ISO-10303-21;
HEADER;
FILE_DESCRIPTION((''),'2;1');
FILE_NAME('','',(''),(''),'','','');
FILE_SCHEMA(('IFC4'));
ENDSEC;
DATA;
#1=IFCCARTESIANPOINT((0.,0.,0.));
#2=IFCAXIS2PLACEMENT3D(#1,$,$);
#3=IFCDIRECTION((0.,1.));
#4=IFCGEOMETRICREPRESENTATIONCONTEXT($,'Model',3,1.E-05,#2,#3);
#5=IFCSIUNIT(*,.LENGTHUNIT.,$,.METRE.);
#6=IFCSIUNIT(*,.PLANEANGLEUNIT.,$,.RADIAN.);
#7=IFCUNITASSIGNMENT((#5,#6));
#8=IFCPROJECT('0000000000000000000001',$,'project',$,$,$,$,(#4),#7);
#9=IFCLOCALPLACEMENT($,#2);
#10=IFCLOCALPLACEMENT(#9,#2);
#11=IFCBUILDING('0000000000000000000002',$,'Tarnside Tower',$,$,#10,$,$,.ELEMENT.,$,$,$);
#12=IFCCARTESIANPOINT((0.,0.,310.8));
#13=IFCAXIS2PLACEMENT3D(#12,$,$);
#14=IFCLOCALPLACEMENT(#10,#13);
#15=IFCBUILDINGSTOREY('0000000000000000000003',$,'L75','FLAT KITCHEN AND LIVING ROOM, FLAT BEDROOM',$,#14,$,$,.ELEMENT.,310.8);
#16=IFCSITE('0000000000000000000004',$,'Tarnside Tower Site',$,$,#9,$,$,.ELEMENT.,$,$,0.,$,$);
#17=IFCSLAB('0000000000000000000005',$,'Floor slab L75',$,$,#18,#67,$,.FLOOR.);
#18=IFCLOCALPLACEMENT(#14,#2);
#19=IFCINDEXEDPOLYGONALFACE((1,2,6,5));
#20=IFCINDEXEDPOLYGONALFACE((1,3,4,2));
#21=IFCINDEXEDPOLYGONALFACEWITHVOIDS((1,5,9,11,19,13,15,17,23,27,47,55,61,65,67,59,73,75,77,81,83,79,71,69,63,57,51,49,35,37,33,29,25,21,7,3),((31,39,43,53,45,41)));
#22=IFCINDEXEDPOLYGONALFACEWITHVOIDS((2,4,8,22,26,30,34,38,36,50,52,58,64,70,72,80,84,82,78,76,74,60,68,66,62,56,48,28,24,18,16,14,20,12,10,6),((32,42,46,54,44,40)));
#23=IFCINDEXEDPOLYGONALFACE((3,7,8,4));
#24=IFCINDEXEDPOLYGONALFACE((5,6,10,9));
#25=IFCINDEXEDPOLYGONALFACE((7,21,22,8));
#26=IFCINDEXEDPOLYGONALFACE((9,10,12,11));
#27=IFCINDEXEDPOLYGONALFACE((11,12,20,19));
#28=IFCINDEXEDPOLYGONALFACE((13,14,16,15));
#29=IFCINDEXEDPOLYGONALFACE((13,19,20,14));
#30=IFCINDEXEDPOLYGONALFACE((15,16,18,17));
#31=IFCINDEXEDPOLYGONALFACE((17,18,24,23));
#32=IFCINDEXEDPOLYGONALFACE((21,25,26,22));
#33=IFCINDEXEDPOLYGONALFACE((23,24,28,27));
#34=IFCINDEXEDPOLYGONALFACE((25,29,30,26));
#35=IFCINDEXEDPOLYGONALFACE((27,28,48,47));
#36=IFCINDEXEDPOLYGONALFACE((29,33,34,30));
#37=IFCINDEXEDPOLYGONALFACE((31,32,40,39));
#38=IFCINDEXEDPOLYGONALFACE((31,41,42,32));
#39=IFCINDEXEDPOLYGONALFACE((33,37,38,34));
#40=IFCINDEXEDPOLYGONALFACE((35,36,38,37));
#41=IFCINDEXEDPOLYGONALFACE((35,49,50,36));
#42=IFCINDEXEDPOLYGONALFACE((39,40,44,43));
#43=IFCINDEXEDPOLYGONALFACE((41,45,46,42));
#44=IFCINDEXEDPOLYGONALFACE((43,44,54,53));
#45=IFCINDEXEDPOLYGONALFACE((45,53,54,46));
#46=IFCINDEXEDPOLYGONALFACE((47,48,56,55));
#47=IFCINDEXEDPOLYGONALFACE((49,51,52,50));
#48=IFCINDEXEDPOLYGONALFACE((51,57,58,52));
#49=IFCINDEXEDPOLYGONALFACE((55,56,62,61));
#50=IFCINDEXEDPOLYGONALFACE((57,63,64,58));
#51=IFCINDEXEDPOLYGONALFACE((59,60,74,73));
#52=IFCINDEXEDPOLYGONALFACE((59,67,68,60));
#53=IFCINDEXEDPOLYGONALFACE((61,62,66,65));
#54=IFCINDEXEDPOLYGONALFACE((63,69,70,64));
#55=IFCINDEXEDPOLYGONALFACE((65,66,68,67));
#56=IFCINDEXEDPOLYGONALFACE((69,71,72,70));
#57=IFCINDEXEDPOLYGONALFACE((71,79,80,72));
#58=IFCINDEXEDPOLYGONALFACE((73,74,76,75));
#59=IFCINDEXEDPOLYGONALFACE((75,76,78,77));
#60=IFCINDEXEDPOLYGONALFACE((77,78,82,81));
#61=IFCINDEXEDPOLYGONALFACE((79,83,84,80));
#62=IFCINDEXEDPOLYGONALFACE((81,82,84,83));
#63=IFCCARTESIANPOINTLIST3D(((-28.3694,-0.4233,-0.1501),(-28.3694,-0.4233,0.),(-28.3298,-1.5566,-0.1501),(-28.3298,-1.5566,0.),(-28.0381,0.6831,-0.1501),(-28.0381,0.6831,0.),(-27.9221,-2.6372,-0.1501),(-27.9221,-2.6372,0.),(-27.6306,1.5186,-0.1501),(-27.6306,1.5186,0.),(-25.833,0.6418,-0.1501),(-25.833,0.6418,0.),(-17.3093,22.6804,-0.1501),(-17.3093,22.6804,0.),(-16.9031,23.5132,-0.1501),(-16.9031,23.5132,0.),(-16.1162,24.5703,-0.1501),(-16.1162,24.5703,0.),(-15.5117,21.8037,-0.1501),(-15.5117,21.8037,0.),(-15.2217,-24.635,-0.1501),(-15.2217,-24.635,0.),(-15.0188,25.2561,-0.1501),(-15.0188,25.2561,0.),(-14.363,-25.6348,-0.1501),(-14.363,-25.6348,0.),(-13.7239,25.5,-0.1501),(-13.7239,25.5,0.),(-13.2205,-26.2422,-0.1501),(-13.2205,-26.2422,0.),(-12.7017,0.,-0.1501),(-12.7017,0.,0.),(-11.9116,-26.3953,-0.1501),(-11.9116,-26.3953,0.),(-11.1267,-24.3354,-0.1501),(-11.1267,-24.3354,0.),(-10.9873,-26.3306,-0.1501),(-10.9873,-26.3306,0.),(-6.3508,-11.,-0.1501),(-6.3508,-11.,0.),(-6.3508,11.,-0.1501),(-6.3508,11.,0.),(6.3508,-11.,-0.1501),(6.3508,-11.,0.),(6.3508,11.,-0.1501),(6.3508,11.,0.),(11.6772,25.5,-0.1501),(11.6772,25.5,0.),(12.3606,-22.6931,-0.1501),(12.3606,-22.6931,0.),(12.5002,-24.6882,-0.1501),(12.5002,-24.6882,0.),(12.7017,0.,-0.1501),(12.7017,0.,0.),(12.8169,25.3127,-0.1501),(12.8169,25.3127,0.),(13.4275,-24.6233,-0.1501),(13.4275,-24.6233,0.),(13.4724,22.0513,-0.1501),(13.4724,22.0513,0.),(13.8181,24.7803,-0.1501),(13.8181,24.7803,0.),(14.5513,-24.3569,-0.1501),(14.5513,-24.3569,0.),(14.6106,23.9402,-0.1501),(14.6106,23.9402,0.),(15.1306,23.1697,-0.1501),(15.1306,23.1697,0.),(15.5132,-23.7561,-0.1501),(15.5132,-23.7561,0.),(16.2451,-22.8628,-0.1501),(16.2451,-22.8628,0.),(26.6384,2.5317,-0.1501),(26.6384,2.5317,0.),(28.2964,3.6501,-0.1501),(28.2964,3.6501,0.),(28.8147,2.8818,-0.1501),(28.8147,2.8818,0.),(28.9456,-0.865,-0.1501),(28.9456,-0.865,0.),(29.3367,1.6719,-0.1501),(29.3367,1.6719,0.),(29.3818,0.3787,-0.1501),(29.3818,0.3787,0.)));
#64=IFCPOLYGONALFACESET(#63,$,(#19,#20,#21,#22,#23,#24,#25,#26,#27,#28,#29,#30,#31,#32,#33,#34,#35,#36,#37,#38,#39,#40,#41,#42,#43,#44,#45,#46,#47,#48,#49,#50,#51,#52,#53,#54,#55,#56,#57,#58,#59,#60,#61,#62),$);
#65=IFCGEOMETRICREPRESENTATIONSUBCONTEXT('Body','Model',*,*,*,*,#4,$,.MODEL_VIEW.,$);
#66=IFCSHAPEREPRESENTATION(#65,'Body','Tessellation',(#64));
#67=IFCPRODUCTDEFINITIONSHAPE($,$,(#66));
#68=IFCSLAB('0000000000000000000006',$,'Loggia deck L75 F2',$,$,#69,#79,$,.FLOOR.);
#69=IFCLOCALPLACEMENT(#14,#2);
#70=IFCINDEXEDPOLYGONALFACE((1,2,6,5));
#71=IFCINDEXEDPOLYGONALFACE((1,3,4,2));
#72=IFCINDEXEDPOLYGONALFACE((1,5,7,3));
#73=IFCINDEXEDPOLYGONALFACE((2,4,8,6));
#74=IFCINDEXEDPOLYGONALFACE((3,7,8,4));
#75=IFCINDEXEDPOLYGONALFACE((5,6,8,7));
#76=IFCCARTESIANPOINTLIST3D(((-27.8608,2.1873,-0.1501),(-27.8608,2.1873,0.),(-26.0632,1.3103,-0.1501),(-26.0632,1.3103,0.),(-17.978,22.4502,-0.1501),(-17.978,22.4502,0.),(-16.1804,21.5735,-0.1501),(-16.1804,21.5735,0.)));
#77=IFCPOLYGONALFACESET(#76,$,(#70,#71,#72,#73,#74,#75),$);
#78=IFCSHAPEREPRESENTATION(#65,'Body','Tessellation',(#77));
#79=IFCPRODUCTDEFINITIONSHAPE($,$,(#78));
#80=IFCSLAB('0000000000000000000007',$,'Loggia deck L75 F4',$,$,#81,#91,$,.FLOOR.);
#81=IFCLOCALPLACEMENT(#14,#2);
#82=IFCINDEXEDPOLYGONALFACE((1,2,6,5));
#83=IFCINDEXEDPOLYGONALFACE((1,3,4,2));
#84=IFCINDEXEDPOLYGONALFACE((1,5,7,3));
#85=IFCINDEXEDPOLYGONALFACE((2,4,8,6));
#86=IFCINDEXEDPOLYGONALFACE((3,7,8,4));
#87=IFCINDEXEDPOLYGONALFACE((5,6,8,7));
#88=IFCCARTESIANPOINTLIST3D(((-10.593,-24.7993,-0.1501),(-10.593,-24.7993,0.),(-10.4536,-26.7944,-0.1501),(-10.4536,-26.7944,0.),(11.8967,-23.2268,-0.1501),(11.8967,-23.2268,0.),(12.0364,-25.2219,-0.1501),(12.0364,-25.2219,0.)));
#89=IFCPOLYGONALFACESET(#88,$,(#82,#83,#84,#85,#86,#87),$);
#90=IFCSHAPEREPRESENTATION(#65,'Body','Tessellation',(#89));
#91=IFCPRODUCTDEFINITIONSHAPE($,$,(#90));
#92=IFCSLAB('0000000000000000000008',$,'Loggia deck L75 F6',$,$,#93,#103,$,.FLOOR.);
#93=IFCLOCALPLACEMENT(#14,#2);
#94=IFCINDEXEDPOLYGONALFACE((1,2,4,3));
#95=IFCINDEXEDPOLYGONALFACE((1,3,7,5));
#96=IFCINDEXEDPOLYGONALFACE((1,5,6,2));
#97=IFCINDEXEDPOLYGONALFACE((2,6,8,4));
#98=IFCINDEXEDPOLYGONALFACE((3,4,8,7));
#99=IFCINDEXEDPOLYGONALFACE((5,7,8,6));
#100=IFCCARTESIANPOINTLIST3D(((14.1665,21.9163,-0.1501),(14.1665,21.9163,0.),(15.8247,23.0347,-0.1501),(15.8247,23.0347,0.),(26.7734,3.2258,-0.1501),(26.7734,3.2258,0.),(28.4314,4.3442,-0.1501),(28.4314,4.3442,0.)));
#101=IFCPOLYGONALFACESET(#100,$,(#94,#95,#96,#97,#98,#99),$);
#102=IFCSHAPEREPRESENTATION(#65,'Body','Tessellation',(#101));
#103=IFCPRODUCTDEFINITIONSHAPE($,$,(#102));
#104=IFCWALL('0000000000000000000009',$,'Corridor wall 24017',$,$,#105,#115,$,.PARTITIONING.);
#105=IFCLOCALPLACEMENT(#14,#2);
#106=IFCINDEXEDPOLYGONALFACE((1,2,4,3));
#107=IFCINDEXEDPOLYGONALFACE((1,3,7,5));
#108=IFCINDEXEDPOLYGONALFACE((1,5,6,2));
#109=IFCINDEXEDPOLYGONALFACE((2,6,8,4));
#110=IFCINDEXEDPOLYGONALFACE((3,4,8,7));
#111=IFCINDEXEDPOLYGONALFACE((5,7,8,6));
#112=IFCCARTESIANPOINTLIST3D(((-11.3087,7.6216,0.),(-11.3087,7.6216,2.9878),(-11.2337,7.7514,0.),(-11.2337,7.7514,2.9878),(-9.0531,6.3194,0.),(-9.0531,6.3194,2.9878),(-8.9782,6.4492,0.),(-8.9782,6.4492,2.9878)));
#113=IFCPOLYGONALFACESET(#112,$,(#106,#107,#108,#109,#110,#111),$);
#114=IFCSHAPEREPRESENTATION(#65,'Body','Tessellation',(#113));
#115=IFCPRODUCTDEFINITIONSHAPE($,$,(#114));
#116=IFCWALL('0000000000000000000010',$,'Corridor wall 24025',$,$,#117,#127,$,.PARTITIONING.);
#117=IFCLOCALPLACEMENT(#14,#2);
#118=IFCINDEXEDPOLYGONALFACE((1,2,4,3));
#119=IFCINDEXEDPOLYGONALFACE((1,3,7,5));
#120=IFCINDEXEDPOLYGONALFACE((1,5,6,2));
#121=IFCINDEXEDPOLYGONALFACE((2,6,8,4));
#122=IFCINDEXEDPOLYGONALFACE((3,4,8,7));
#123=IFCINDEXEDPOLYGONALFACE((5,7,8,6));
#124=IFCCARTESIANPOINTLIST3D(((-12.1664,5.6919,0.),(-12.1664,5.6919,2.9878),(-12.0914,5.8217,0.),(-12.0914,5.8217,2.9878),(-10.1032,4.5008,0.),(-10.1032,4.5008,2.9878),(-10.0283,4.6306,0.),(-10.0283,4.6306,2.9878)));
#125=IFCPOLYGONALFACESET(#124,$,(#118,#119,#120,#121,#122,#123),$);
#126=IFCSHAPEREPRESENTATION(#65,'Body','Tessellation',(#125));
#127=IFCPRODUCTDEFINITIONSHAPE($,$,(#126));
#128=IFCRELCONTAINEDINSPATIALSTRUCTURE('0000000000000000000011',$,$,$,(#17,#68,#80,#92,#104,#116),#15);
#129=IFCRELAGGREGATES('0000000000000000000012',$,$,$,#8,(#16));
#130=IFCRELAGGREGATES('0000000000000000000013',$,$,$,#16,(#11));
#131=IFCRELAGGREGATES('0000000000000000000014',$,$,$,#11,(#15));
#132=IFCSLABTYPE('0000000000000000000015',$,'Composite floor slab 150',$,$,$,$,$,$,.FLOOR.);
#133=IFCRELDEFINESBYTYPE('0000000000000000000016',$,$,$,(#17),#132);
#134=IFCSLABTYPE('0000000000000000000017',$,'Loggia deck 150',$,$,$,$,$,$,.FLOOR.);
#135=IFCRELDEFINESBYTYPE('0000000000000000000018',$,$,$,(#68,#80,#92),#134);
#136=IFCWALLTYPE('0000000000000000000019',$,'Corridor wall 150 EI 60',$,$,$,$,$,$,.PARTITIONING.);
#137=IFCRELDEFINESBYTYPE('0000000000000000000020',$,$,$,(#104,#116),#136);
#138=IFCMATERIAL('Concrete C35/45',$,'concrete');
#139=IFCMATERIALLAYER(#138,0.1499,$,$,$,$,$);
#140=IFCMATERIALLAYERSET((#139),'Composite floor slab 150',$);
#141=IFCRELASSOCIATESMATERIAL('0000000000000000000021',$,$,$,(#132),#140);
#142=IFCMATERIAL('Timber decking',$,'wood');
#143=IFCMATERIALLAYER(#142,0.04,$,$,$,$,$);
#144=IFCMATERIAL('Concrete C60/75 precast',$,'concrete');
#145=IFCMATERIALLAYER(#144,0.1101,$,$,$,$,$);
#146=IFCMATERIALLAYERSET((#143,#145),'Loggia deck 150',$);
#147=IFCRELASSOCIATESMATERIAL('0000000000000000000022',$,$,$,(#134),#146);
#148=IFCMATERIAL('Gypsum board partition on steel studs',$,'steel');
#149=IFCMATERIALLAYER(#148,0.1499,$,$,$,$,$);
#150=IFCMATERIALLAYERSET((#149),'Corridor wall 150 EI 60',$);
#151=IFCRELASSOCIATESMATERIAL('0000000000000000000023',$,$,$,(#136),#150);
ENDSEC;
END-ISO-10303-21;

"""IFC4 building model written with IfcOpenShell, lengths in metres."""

from ifc_helpers import new_model, si_unit, direction, frame, frame_2d, origin, place, context, subcontext, project, spatial, polyline, rectangle, outline, extrude, material, layer, layer_set, type_object, element, save


model = new_model("IFC4")

# Units and contexts
model_context = context("Model", 3, precision=1e-05, world=origin(), true_north=direction((0.0, 1.0)))
body_context = subcontext(model_context, "Body", "Model", "MODEL_VIEW")
ifc_project = project(units=[si_unit("LENGTHUNIT", "METRE"), si_unit("PLANEANGLEUNIT", "RADIAN")], contexts=[model_context])

# Site, building, storey
site_placement = place(None, origin())
site = spatial("IfcSite", under=ifc_project, at=site_placement, Name="Tarnside Tower Site", CompositionType="ELEMENT", RefElevation=0.0)
building_placement = place(site_placement, origin())
building = spatial("IfcBuilding", under=site, at=building_placement, Name="Tarnside Tower", CompositionType="ELEMENT")
storey_placement = place(building_placement, frame((0.0, 0.0, 310.8)))
storey = spatial("IfcBuildingStorey", under=building, at=storey_placement, Name="L75", Description="FLAT KITCHEN AND LIVING ROOM, FLAT BEDROOM", CompositionType="ELEMENT", Elevation=310.8)

# Slabs
ifc_material_1 = material(Name="Concrete C35/45", Category="concrete")
ifc_layer_1 = layer(ifc_material_1, 0.1499)
ifc_layer_set_1 = layer_set([ifc_layer_1], Name="Composite floor slab 150")
slab_type_1 = type_object("IfcSlabType", Name="Composite floor slab 150", PredefinedType="FLOOR", material=ifc_layer_set_1)
slab_1_placement = place(storey_placement, frame((0.0, 0.0, -0.1501)))
element("IfcSlab", 1, at=slab_1_placement, inside=storey, type_object=slab_type_1, Name="Floor slab L75", PredefinedType="FLOOR", context=body_context, shape_type="SweptSolid", body=[
    extrude(outline(polyline([(12.8169, 25.3127), (13.8181, 24.7803), (14.6106, 23.9402), (15.1306, 23.1697), (13.4724, 22.0513), (26.6384, 2.5317), (28.2964, 3.6501), (28.8147, 2.8818), (29.3367, 1.6719), (29.3818, 0.3787), (28.9456, -0.865), (16.2451, -22.8628), (15.5132, -23.7561), (14.5513, -24.3569), (13.4275, -24.6233), (12.5002, -24.6882), (12.3606, -22.6931), (-11.1267, -24.3354), (-10.9873, -26.3306), (-11.9116, -26.3953), (-13.2205, -26.2422), (-14.363, -25.6348), (-15.2217, -24.635), (-27.9221, -2.6372), (-28.3298, -1.5566), (-28.3694, -0.4233), (-28.0381, 0.6831), (-27.6306, 1.5186), (-25.833, 0.6418), (-15.5117, 21.8037), (-17.3093, 22.6804), (-16.9031, 23.5132), (-16.1162, 24.5703), (-15.0188, 25.2561), (-13.7239, 25.5), (11.6772, 25.5), (12.8169, 25.3127)]), holes=[polyline([(-12.7017, 0.0), (-6.3508, -11.0), (6.3508, -11.0), (12.7017, 0.0), (6.3508, 11.0), (-6.3508, 11.0), (-12.7017, 0.0)])]), origin(), (0.0, 0.0, 1.0), 0.1501),
])
ifc_material_2 = material(Name="Timber decking", Category="wood")
ifc_layer_2 = layer(ifc_material_2, 0.04)
ifc_material_3 = material(Name="Concrete C60/75 precast", Category="concrete")
ifc_layer_3 = layer(ifc_material_3, 0.1101)
ifc_layer_set_2 = layer_set([ifc_layer_2, ifc_layer_3], Name="Loggia deck 150")
slab_type_2 = type_object("IfcSlabType", Name="Loggia deck 150", PredefinedType="FLOOR", material=ifc_layer_set_2)
slab_2_placement = place(storey_placement, frame((0.0, 0.0, -0.1501)))
element("IfcSlab", 2, at=slab_2_placement, inside=storey, type_object=slab_type_2, Name="Loggia deck L75 F2", PredefinedType="FLOOR", context=body_context, shape_type="SweptSolid", body=[
    extrude(outline(polyline([(-16.1804, 21.5735), (-26.0632, 1.3103), (-27.8608, 2.1873), (-17.978, 22.4502), (-16.1804, 21.5735)])), origin(), (0.0, 0.0, 1.0), 0.1501),
])
slab_3_placement = place(storey_placement, frame((0.0, 0.0, -0.1501)))
element("IfcSlab", 3, at=slab_3_placement, inside=storey, type_object=slab_type_2, Name="Loggia deck L75 F4", PredefinedType="FLOOR", context=body_context, shape_type="SweptSolid", body=[
    extrude(outline(polyline([(-10.593, -24.7993), (11.8967, -23.2268), (12.0364, -25.2219), (-10.4536, -26.7944), (-10.593, -24.7993)])), origin(), (0.0, 0.0, 1.0), 0.1501),
])
slab_4_placement = place(storey_placement, frame((0.0, 0.0, -0.1501)))
element("IfcSlab", 4, at=slab_4_placement, inside=storey, type_object=slab_type_2, Name="Loggia deck L75 F6", PredefinedType="FLOOR", context=body_context, shape_type="SweptSolid", body=[
    extrude(outline(polyline([(26.7734, 3.2258), (14.1665, 21.9163), (15.8247, 23.0347), (28.4314, 4.3442), (26.7734, 3.2258)])), origin(), (0.0, 0.0, 1.0), 0.1501),
])

# Walls
ifc_material_4 = material(Name="Gypsum board partition on steel studs", Category="steel")
ifc_layer_4 = layer(ifc_material_4, 0.1499)
ifc_layer_set_3 = layer_set([ifc_layer_4], Name="Corridor wall 150 EI 60")
wall_type_1 = type_object("IfcWallType", Name="Corridor wall 150 EI 60", PredefinedType="PARTITIONING", material=ifc_layer_set_3)
wall_1_placement = place(storey_placement, frame((-9.0156, 6.3843, 0.0), z_axis=(0.0, 0.0, 1.0), x_axis=(-0.866031, 0.49999, 0.0)))
element("IfcWall", 5, at=wall_1_placement, inside=storey, type_object=wall_type_1, Name="Corridor wall 24017", PredefinedType="PARTITIONING", context=body_context, shape_type="SweptSolid", body=[
    extrude(rectangle(XDim=2.6045, YDim=0.1499, at=frame_2d((1.3022, 0.0))), origin(), (0.0, 0.0, 1.0), 2.9878),
])
wall_2_placement = place(storey_placement, frame((-12.1289, 5.7568, 0.0), z_axis=(0.0, 0.0, 1.0), x_axis=(0.866034, -0.499986, 0.0)))
element("IfcWall", 6, at=wall_2_placement, inside=storey, type_object=wall_type_1, Name="Corridor wall 24025", PredefinedType="PARTITIONING", context=body_context, shape_type="SweptSolid", body=[
    extrude(rectangle(XDim=2.3823, YDim=0.1499, at=frame_2d((1.1912, 0.0))), origin(), (0.0, 0.0, 1.0), 2.9878),
])

save(model, "model.ifc")
